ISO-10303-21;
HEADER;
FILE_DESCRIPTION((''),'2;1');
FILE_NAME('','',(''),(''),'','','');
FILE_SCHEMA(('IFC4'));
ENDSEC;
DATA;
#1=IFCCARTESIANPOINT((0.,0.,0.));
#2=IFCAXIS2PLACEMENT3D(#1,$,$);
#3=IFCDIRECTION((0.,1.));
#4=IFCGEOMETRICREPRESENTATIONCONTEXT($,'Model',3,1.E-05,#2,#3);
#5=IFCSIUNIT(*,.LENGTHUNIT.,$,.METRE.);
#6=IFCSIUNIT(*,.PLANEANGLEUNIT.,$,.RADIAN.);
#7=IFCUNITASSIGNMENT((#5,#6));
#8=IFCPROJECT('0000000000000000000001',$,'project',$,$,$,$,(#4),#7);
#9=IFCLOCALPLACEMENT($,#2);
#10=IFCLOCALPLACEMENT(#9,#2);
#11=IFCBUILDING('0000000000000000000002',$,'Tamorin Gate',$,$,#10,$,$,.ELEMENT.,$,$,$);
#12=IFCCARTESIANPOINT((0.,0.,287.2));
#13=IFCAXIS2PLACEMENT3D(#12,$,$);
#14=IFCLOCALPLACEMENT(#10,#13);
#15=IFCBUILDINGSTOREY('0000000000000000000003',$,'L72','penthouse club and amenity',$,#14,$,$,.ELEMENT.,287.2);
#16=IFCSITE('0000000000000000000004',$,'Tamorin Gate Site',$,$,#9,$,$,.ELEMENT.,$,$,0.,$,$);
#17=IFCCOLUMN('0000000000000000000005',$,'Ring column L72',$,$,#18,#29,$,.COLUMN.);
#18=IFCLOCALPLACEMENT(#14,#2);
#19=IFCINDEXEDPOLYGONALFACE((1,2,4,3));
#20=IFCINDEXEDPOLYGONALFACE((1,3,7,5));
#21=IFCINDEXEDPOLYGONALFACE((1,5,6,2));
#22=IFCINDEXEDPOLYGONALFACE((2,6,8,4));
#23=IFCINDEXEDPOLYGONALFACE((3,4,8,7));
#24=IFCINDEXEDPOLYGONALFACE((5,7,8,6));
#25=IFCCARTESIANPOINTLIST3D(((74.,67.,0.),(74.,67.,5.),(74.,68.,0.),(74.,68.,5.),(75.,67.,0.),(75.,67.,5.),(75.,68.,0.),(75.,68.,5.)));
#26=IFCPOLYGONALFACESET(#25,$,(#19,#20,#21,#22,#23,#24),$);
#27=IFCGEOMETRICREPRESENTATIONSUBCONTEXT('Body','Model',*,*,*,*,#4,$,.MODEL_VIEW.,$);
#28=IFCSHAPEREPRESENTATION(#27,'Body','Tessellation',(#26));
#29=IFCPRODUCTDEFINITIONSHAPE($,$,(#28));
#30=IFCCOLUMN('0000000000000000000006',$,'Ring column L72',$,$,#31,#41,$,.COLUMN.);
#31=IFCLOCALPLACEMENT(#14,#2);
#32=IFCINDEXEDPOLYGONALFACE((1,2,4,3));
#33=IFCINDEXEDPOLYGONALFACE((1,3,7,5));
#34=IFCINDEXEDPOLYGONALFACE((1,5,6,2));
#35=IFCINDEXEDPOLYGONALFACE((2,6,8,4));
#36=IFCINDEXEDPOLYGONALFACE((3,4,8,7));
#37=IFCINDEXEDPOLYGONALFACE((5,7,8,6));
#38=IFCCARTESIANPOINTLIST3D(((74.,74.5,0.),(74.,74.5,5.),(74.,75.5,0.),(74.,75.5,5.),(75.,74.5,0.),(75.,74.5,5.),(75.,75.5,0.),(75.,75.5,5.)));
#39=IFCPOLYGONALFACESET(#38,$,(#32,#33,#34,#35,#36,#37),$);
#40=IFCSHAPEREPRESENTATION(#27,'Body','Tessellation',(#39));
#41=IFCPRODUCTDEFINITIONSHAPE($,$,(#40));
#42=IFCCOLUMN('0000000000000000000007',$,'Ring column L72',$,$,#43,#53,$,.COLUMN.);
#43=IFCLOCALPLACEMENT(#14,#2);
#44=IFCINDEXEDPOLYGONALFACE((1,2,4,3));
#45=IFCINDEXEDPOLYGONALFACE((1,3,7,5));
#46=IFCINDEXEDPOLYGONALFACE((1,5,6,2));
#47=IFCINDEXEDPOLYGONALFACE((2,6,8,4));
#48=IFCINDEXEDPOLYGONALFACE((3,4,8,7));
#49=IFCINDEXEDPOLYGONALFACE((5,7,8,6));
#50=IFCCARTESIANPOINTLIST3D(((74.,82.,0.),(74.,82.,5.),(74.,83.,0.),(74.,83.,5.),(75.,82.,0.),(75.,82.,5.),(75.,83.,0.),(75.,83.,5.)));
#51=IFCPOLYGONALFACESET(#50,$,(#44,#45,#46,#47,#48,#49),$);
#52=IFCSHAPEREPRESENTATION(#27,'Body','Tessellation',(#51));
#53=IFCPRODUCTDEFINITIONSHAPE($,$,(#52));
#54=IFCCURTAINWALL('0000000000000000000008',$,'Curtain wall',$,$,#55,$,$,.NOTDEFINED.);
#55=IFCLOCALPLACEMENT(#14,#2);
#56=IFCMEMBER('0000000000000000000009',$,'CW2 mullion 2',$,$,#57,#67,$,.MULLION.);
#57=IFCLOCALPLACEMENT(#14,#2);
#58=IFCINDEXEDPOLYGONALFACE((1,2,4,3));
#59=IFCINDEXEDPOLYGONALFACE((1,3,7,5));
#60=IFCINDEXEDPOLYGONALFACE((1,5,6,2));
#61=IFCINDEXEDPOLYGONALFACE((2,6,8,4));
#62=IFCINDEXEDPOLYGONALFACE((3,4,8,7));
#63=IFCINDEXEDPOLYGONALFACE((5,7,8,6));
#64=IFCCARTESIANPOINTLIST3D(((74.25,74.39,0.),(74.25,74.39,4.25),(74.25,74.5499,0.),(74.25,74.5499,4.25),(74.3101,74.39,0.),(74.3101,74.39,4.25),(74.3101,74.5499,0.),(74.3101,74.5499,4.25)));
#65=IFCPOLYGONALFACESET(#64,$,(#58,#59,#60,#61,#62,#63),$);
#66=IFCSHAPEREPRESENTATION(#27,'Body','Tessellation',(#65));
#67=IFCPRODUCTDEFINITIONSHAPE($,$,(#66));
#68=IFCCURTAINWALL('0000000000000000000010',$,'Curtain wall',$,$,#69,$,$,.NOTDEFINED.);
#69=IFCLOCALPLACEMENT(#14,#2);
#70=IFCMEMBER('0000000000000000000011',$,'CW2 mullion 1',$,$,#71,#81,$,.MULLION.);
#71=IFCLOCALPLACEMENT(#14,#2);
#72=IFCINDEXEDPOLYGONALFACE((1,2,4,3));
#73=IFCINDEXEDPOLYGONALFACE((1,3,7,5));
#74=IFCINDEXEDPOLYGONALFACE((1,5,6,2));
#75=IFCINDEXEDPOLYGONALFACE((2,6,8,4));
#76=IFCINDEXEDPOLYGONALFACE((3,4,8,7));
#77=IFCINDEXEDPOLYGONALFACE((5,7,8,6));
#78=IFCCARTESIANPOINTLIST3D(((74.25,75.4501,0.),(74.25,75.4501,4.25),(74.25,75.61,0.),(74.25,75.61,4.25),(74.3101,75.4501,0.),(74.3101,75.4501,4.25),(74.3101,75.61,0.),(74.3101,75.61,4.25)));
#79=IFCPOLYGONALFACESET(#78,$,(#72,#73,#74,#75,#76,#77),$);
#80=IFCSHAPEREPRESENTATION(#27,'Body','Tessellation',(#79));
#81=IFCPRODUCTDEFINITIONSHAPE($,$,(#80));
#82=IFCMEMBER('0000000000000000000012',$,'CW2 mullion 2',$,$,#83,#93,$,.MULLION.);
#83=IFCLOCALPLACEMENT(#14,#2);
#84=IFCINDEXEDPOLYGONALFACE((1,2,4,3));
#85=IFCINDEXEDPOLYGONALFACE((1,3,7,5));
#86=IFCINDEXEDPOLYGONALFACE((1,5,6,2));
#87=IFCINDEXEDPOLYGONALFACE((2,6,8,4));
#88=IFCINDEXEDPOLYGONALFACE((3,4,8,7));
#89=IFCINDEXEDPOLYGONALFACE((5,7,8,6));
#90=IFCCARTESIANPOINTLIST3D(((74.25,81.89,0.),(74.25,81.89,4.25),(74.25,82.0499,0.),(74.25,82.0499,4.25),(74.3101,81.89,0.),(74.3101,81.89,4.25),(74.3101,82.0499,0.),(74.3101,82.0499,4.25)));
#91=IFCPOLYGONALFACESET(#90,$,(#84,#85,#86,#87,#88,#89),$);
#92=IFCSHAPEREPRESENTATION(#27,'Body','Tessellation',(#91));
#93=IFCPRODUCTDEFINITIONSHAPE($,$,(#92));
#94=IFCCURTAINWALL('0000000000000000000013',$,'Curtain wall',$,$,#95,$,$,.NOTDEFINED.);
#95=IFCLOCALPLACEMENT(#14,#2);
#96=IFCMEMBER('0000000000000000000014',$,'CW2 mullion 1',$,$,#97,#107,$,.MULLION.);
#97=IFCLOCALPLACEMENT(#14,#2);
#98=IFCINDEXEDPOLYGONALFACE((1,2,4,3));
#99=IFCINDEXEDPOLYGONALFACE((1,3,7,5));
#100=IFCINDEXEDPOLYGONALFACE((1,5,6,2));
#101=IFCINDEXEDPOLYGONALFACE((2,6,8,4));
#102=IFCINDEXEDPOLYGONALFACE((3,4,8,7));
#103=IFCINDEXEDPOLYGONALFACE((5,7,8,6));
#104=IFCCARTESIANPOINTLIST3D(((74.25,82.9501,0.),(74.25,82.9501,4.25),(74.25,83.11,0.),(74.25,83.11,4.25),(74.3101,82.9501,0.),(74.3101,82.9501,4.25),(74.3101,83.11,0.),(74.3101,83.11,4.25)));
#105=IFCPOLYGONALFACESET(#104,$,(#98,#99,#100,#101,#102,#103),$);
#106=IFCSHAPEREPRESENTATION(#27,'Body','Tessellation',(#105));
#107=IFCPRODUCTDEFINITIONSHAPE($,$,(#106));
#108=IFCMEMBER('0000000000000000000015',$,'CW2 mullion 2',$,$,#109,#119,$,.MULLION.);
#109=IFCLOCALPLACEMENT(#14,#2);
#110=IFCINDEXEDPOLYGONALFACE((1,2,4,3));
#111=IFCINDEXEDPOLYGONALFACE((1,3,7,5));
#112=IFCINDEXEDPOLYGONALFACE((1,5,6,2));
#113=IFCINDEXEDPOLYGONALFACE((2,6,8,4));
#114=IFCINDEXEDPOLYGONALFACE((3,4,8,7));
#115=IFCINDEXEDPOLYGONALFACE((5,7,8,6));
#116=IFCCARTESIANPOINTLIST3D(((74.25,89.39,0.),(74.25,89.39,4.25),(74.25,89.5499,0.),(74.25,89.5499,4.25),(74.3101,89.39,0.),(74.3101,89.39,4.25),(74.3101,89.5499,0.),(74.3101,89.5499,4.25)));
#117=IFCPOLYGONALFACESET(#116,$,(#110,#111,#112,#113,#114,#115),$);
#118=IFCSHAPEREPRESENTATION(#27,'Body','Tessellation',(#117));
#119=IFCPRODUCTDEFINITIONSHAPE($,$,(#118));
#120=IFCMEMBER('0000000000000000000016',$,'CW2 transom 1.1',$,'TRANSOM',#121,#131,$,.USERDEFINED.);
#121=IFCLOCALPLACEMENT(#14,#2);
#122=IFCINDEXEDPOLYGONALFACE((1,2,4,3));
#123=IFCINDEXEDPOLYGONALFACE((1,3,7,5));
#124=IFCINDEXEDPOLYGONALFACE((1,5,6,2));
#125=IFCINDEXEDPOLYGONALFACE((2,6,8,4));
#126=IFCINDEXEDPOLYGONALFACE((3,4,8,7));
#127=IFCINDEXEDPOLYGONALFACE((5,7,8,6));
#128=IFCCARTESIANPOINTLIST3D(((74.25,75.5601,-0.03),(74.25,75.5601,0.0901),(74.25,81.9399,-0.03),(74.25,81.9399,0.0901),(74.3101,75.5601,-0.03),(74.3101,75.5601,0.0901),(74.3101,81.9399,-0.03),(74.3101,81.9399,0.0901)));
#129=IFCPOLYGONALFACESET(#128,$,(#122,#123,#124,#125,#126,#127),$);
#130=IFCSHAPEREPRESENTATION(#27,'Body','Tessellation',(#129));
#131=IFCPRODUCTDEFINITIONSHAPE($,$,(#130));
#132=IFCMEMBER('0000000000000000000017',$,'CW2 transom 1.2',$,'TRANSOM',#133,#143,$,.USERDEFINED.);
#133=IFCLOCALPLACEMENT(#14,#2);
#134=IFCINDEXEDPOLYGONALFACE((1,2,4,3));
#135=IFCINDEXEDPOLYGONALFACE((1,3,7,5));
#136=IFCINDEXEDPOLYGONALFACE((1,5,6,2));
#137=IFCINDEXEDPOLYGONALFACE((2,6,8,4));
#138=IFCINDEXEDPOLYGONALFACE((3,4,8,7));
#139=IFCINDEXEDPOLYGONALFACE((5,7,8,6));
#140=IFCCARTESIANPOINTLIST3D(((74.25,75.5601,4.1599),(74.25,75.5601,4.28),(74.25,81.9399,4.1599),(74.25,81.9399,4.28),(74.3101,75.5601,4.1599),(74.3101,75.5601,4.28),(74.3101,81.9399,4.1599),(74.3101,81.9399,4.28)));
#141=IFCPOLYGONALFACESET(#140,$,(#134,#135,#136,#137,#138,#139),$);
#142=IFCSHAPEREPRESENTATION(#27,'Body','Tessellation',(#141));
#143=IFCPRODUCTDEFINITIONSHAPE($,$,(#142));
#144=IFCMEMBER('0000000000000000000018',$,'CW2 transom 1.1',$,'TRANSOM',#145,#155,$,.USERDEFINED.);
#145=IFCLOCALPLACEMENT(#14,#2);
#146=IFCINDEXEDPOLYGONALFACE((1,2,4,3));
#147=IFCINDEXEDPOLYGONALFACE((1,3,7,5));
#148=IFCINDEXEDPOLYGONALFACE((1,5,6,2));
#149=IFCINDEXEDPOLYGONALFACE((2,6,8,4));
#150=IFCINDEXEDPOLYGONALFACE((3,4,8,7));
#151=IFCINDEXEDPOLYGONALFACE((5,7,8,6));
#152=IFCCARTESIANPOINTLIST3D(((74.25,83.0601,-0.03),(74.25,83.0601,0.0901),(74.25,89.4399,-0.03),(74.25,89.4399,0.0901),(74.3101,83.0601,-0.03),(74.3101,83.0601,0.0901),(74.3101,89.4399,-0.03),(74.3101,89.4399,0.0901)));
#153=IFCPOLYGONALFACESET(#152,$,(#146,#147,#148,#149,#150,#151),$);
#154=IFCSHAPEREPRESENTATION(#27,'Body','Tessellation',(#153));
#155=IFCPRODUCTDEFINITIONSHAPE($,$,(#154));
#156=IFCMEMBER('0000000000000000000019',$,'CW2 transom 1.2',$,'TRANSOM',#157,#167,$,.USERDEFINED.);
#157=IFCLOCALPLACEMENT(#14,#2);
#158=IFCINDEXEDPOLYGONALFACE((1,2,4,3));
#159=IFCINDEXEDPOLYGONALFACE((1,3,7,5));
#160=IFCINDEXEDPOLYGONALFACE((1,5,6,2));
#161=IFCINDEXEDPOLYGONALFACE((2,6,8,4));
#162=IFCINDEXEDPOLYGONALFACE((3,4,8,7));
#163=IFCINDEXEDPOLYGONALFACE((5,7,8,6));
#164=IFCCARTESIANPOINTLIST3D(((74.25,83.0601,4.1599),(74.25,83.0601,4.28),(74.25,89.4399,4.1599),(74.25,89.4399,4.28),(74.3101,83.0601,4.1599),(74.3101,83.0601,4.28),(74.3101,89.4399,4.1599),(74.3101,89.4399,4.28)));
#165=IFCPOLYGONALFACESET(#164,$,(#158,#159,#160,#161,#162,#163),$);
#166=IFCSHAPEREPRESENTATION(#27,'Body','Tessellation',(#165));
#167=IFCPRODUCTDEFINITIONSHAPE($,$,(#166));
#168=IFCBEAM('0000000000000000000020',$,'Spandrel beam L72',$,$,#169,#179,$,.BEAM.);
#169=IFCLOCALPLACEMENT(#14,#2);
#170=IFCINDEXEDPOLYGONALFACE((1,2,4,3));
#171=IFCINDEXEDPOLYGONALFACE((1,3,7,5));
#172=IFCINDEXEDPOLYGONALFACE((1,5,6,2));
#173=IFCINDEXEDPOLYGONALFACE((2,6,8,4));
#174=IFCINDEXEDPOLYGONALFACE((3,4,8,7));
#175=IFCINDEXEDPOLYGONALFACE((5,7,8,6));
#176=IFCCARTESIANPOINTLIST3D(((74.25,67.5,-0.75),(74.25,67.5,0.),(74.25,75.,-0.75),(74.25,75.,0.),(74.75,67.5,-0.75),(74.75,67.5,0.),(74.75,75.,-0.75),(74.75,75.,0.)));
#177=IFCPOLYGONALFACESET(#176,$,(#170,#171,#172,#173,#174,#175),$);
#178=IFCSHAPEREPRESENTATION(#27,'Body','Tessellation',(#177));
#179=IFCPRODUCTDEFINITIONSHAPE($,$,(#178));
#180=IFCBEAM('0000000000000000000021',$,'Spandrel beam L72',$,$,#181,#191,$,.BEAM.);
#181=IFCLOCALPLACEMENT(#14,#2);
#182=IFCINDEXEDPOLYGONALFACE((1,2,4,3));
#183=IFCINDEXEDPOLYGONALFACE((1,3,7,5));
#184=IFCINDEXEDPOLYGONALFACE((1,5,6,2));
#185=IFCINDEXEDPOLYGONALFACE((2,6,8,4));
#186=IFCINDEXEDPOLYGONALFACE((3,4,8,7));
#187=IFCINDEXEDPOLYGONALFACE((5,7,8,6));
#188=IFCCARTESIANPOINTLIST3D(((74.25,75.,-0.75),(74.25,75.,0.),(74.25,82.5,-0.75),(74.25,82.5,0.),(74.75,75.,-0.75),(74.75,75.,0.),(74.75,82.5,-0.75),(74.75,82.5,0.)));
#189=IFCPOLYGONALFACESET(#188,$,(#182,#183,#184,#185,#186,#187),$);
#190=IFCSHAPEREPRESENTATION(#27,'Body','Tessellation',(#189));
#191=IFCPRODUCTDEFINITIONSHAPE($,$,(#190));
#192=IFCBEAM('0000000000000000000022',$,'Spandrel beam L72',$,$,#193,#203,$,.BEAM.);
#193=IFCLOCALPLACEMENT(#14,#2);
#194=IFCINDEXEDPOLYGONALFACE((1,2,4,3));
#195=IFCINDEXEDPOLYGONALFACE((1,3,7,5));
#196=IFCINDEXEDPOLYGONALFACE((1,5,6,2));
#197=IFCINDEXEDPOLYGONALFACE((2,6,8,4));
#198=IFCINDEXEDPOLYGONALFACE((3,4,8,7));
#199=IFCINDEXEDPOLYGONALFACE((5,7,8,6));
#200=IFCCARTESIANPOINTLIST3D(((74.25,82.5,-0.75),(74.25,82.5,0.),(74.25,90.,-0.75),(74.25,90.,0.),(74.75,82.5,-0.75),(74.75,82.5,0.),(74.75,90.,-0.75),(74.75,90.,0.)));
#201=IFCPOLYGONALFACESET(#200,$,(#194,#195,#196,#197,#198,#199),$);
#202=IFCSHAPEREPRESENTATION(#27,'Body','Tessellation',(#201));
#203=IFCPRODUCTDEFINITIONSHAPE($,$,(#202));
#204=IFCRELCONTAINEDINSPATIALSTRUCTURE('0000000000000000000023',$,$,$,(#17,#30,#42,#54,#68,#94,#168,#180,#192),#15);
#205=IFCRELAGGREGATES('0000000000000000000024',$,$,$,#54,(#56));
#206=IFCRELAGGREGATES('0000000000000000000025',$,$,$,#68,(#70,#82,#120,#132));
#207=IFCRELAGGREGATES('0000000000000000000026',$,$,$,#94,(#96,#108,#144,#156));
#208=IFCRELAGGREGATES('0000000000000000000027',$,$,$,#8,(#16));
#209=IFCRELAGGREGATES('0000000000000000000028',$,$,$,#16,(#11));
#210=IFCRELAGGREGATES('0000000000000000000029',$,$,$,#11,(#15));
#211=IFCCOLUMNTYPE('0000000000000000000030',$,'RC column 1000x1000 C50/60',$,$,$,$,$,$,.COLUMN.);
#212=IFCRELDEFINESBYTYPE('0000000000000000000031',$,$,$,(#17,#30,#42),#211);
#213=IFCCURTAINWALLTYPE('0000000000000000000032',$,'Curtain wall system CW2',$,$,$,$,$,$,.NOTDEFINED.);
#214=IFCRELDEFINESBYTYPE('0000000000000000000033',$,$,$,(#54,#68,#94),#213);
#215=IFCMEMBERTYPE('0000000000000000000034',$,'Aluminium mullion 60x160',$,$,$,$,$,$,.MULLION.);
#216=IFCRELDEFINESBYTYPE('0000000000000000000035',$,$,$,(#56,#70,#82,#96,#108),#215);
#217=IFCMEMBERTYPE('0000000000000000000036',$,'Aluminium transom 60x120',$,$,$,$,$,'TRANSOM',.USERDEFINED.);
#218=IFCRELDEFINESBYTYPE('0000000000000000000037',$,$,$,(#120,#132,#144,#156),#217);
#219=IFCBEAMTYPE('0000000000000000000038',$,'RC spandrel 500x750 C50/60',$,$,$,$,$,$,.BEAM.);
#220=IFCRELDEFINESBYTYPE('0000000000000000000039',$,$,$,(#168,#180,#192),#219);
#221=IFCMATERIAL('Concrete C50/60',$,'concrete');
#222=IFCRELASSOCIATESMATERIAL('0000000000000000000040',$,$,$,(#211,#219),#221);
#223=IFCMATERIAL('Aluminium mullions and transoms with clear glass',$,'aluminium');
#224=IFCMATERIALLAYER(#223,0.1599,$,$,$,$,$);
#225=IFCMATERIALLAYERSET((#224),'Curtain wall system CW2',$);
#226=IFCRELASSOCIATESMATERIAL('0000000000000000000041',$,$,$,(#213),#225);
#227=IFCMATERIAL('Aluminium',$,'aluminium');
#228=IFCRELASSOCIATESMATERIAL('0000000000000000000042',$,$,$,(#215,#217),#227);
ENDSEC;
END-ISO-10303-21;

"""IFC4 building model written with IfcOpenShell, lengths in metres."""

from ifc_helpers import new_model, si_unit, direction, frame, origin, origin_2d, place, context, subcontext, project, spatial, rectangle, extrude, material, layer, layer_set, material_profile, profile_set, type_object, element, aggregate, save


model = new_model("IFC4")

# Units and contexts
model_context = context("Model", 3, precision=1e-05, world=origin(), true_north=direction((0.0, 1.0)))
body_context = subcontext(model_context, "Body", "Model", "MODEL_VIEW")
ifc_project = project(units=[si_unit("LENGTHUNIT", "METRE"), si_unit("PLANEANGLEUNIT", "RADIAN")], contexts=[model_context])

# Site, building, storey
site_placement = place(None, origin())
site = spatial("IfcSite", under=ifc_project, at=site_placement, Name="Tamorin Gate Site", CompositionType="ELEMENT", RefElevation=0.0)
building_placement = place(site_placement, origin())
building = spatial("IfcBuilding", under=site, at=building_placement, Name="Tamorin Gate", CompositionType="ELEMENT")
storey_placement = place(building_placement, frame((0.0, 0.0, 287.2)))
storey = spatial("IfcBuildingStorey", under=building, at=storey_placement, Name="L72", Description="penthouse club and amenity", CompositionType="ELEMENT", Elevation=287.2)

# Columns
ifc_material_1 = material(Name="Concrete C50/60", Category="concrete")
ifc_material_profile_1 = material_profile(ifc_material_1, rectangle(XDim=1.0, YDim=1.0, at=origin_2d()), Name="RC 1000x1000")
ifc_profile_set_1 = profile_set([ifc_material_profile_1], Name="Concrete C50/60")
column_type = type_object("IfcColumnType", Name="RC column 1000x1000 C50/60", PredefinedType="COLUMN", material=ifc_profile_set_1)
for number, where, z_axis, x_axis, name in (
    (1, (74.5, 67.5, 0.0), (0.0, 0.0, 1.0), (1.0, 0.0, 0.0), "Ring column L72"),
    (2, (74.5, 75.0, 0.0), (0.0, 0.0, 1.0), (1.0, 0.0, 0.0), "Ring column L72"),
    (3, (74.5, 82.5, 0.0), (0.0, 0.0, 1.0), (1.0, 0.0, 0.0), "Ring column L72"),
):
    element("IfcColumn", number, at=place(storey_placement, frame(where, z_axis=z_axis, x_axis=x_axis)), inside=storey, type_object=column_type, Name=name, PredefinedType="COLUMN", context=body_context, shape_type="SweptSolid", body=[
        extrude(rectangle(XDim=1.0, YDim=1.0, at=origin_2d()), origin(), (0.0, 0.0, 1.0), 5.0),
    ])

# Curtain wall, member
ifc_material_2 = material(Name="Aluminium mullions and transoms with clear glass", Category="aluminium")
ifc_layer_1 = layer(ifc_material_2, 0.1599)
ifc_layer_set_1 = layer_set([ifc_layer_1], Name="Curtain wall system CW2")
curtain_wall_type = type_object("IfcCurtainWallType", Name="Curtain wall system CW2", PredefinedType="NOTDEFINED", material=ifc_layer_set_1)
curtain_wall_1_placement = place(storey_placement, origin())
curtain_wall_1 = element("IfcCurtainWall", 4, at=curtain_wall_1_placement, inside=storey, type_object=curtain_wall_type, Name="Curtain wall", PredefinedType="NOTDEFINED")
ifc_material_3 = material(Name="Aluminium", Category="aluminium")
ifc_material_profile_2 = material_profile(ifc_material_3, rectangle(XDim=0.0601, YDim=0.1599, at=origin_2d()), Name="RECT 60x160")
ifc_profile_set_2 = profile_set([ifc_material_profile_2], Name="Aluminium")
member_type_1 = type_object("IfcMemberType", Name="Aluminium mullion 60x160", PredefinedType="MULLION", material=ifc_profile_set_2)
member_1_placement = place(storey_placement, frame((74.28, 74.47, 0.0), z_axis=(0.0, 0.0, 1.0), x_axis=(-1.0, 0.0, 0.0)))
member_1 = element("IfcMember", 5, at=member_1_placement, type_object=member_type_1, Name="CW2 mullion 2", PredefinedType="MULLION", context=body_context, shape_type="SweptSolid", body=[
    extrude(rectangle(XDim=0.0601, YDim=0.1599, at=origin_2d()), origin(), (0.0, 0.0, 1.0), 4.25),
])

# Curtain walls, members
curtain_wall_2_placement = place(storey_placement, origin())
curtain_wall_2 = element("IfcCurtainWall", 6, at=curtain_wall_2_placement, inside=storey, type_object=curtain_wall_type, Name="Curtain wall", PredefinedType="NOTDEFINED")
member_2_placement = place(storey_placement, frame((74.28, 75.53, 0.0), z_axis=(0.0, 0.0, 1.0), x_axis=(-1.0, 0.0, 0.0)))
member_2 = element("IfcMember", 7, at=member_2_placement, type_object=member_type_1, Name="CW2 mullion 1", PredefinedType="MULLION", context=body_context, shape_type="SweptSolid", body=[
    extrude(rectangle(XDim=0.0601, YDim=0.1599, at=origin_2d()), origin(), (0.0, 0.0, 1.0), 4.25),
])
member_3_placement = place(storey_placement, frame((74.28, 81.97, 0.0), z_axis=(0.0, 0.0, 1.0), x_axis=(-1.0, 0.0, 0.0)))
member_3 = element("IfcMember", 8, at=member_3_placement, type_object=member_type_1, Name="CW2 mullion 2", PredefinedType="MULLION", context=body_context, shape_type="SweptSolid", body=[
    extrude(rectangle(XDim=0.0601, YDim=0.1599, at=origin_2d()), origin(), (0.0, 0.0, 1.0), 4.25),
])
curtain_wall_3_placement = place(storey_placement, origin())
curtain_wall_3 = element("IfcCurtainWall", 9, at=curtain_wall_3_placement, inside=storey, type_object=curtain_wall_type, Name="Curtain wall", PredefinedType="NOTDEFINED")
member_4_placement = place(storey_placement, frame((74.28, 83.03, 0.0), z_axis=(0.0, 0.0, 1.0), x_axis=(-1.0, 0.0, 0.0)))
member_4 = element("IfcMember", 10, at=member_4_placement, type_object=member_type_1, Name="CW2 mullion 1", PredefinedType="MULLION", context=body_context, shape_type="SweptSolid", body=[
    extrude(rectangle(XDim=0.0601, YDim=0.1599, at=origin_2d()), origin(), (0.0, 0.0, 1.0), 4.25),
])
member_5_placement = place(storey_placement, frame((74.28, 89.47, 0.0), z_axis=(0.0, 0.0, 1.0), x_axis=(-1.0, 0.0, 0.0)))
member_5 = element("IfcMember", 11, at=member_5_placement, type_object=member_type_1, Name="CW2 mullion 2", PredefinedType="MULLION", context=body_context, shape_type="SweptSolid", body=[
    extrude(rectangle(XDim=0.0601, YDim=0.1599, at=origin_2d()), origin(), (0.0, 0.0, 1.0), 4.25),
])

# Members
ifc_material_profile_3 = material_profile(ifc_material_3, rectangle(XDim=0.0601, YDim=0.1201, at=origin_2d()), Name="RECT 60x120")
ifc_profile_set_3 = profile_set([ifc_material_profile_3], Name="Aluminium")
member_type_2 = type_object("IfcMemberType", Name="Aluminium transom 60x120", ElementType="TRANSOM", PredefinedType="USERDEFINED", material=ifc_profile_set_3)
member_6_placement = place(storey_placement, frame((74.28, 75.5601, 0.03), z_axis=(0.0, 1.0, 0.0), x_axis=(-1.0, 0.0, 0.0)))
member_6 = element("IfcMember", 12, at=member_6_placement, type_object=member_type_2, Name="CW2 transom 1.1", ObjectType="TRANSOM", PredefinedType="USERDEFINED", context=body_context, shape_type="SweptSolid", body=[
    extrude(rectangle(XDim=0.0601, YDim=0.1201, at=origin_2d()), origin(), (0.0, 0.0, 1.0), 6.3799),
])
member_7_placement = place(storey_placement, frame((74.28, 75.5601, 4.22), z_axis=(0.0, 1.0, 0.0), x_axis=(-1.0, 0.0, 0.0)))
member_7 = element("IfcMember", 13, at=member_7_placement, type_object=member_type_2, Name="CW2 transom 1.2", ObjectType="TRANSOM", PredefinedType="USERDEFINED", context=body_context, shape_type="SweptSolid", body=[
    extrude(rectangle(XDim=0.0601, YDim=0.1201, at=origin_2d()), origin(), (0.0, 0.0, 1.0), 6.3799),
])
member_8_placement = place(storey_placement, frame((74.28, 83.0601, 0.03), z_axis=(0.0, 1.0, 0.0), x_axis=(-1.0, 0.0, 0.0)))
member_8 = element("IfcMember", 14, at=member_8_placement, type_object=member_type_2, Name="CW2 transom 1.1", ObjectType="TRANSOM", PredefinedType="USERDEFINED", context=body_context, shape_type="SweptSolid", body=[
    extrude(rectangle(XDim=0.0601, YDim=0.1201, at=origin_2d()), origin(), (0.0, 0.0, 1.0), 6.3799),
])
member_9_placement = place(storey_placement, frame((74.28, 83.0601, 4.22), z_axis=(0.0, 1.0, 0.0), x_axis=(-1.0, 0.0, 0.0)))
member_9 = element("IfcMember", 15, at=member_9_placement, type_object=member_type_2, Name="CW2 transom 1.2", ObjectType="TRANSOM", PredefinedType="USERDEFINED", context=body_context, shape_type="SweptSolid", body=[
    extrude(rectangle(XDim=0.0601, YDim=0.1201, at=origin_2d()), origin(), (0.0, 0.0, 1.0), 6.3799),
])

# Beams
ifc_material_profile_4 = material_profile(ifc_material_1, rectangle(XDim=0.5, YDim=0.75, at=origin_2d()), Name="RC 500x750")
ifc_profile_set_4 = profile_set([ifc_material_profile_4], Name="Concrete C50/60")
beam_type = type_object("IfcBeamType", Name="RC spandrel 500x750 C50/60", PredefinedType="BEAM", material=ifc_profile_set_4)
for number, where, z_axis, x_axis, name in (
    (16, (74.5, 67.5, -0.375), (0.0, 1.0, 0.0), (-1.0, 0.0, 0.0), "Spandrel beam L72"),
    (17, (74.5, 75.0, -0.375), (0.0, 1.0, 0.0), (-1.0, 0.0, 0.0), "Spandrel beam L72"),
    (18, (74.5, 82.5, -0.375), (0.0, 1.0, 0.0), (-1.0, 0.0, 0.0), "Spandrel beam L72"),
):
    element("IfcBeam", number, at=place(storey_placement, frame(where, z_axis=z_axis, x_axis=x_axis)), inside=storey, type_object=beam_type, Name=name, PredefinedType="BEAM", context=body_context, shape_type="SweptSolid", body=[
        extrude(rectangle(XDim=0.5, YDim=0.75, at=origin_2d()), origin(), (0.0, 0.0, 1.0), 7.5),
    ])

aggregate(curtain_wall_1, [member_1])
aggregate(curtain_wall_2, [member_2, member_3, member_6, member_7])
aggregate(curtain_wall_3, [member_4, member_5, member_8, member_9])

save(model, "model.ifc")
